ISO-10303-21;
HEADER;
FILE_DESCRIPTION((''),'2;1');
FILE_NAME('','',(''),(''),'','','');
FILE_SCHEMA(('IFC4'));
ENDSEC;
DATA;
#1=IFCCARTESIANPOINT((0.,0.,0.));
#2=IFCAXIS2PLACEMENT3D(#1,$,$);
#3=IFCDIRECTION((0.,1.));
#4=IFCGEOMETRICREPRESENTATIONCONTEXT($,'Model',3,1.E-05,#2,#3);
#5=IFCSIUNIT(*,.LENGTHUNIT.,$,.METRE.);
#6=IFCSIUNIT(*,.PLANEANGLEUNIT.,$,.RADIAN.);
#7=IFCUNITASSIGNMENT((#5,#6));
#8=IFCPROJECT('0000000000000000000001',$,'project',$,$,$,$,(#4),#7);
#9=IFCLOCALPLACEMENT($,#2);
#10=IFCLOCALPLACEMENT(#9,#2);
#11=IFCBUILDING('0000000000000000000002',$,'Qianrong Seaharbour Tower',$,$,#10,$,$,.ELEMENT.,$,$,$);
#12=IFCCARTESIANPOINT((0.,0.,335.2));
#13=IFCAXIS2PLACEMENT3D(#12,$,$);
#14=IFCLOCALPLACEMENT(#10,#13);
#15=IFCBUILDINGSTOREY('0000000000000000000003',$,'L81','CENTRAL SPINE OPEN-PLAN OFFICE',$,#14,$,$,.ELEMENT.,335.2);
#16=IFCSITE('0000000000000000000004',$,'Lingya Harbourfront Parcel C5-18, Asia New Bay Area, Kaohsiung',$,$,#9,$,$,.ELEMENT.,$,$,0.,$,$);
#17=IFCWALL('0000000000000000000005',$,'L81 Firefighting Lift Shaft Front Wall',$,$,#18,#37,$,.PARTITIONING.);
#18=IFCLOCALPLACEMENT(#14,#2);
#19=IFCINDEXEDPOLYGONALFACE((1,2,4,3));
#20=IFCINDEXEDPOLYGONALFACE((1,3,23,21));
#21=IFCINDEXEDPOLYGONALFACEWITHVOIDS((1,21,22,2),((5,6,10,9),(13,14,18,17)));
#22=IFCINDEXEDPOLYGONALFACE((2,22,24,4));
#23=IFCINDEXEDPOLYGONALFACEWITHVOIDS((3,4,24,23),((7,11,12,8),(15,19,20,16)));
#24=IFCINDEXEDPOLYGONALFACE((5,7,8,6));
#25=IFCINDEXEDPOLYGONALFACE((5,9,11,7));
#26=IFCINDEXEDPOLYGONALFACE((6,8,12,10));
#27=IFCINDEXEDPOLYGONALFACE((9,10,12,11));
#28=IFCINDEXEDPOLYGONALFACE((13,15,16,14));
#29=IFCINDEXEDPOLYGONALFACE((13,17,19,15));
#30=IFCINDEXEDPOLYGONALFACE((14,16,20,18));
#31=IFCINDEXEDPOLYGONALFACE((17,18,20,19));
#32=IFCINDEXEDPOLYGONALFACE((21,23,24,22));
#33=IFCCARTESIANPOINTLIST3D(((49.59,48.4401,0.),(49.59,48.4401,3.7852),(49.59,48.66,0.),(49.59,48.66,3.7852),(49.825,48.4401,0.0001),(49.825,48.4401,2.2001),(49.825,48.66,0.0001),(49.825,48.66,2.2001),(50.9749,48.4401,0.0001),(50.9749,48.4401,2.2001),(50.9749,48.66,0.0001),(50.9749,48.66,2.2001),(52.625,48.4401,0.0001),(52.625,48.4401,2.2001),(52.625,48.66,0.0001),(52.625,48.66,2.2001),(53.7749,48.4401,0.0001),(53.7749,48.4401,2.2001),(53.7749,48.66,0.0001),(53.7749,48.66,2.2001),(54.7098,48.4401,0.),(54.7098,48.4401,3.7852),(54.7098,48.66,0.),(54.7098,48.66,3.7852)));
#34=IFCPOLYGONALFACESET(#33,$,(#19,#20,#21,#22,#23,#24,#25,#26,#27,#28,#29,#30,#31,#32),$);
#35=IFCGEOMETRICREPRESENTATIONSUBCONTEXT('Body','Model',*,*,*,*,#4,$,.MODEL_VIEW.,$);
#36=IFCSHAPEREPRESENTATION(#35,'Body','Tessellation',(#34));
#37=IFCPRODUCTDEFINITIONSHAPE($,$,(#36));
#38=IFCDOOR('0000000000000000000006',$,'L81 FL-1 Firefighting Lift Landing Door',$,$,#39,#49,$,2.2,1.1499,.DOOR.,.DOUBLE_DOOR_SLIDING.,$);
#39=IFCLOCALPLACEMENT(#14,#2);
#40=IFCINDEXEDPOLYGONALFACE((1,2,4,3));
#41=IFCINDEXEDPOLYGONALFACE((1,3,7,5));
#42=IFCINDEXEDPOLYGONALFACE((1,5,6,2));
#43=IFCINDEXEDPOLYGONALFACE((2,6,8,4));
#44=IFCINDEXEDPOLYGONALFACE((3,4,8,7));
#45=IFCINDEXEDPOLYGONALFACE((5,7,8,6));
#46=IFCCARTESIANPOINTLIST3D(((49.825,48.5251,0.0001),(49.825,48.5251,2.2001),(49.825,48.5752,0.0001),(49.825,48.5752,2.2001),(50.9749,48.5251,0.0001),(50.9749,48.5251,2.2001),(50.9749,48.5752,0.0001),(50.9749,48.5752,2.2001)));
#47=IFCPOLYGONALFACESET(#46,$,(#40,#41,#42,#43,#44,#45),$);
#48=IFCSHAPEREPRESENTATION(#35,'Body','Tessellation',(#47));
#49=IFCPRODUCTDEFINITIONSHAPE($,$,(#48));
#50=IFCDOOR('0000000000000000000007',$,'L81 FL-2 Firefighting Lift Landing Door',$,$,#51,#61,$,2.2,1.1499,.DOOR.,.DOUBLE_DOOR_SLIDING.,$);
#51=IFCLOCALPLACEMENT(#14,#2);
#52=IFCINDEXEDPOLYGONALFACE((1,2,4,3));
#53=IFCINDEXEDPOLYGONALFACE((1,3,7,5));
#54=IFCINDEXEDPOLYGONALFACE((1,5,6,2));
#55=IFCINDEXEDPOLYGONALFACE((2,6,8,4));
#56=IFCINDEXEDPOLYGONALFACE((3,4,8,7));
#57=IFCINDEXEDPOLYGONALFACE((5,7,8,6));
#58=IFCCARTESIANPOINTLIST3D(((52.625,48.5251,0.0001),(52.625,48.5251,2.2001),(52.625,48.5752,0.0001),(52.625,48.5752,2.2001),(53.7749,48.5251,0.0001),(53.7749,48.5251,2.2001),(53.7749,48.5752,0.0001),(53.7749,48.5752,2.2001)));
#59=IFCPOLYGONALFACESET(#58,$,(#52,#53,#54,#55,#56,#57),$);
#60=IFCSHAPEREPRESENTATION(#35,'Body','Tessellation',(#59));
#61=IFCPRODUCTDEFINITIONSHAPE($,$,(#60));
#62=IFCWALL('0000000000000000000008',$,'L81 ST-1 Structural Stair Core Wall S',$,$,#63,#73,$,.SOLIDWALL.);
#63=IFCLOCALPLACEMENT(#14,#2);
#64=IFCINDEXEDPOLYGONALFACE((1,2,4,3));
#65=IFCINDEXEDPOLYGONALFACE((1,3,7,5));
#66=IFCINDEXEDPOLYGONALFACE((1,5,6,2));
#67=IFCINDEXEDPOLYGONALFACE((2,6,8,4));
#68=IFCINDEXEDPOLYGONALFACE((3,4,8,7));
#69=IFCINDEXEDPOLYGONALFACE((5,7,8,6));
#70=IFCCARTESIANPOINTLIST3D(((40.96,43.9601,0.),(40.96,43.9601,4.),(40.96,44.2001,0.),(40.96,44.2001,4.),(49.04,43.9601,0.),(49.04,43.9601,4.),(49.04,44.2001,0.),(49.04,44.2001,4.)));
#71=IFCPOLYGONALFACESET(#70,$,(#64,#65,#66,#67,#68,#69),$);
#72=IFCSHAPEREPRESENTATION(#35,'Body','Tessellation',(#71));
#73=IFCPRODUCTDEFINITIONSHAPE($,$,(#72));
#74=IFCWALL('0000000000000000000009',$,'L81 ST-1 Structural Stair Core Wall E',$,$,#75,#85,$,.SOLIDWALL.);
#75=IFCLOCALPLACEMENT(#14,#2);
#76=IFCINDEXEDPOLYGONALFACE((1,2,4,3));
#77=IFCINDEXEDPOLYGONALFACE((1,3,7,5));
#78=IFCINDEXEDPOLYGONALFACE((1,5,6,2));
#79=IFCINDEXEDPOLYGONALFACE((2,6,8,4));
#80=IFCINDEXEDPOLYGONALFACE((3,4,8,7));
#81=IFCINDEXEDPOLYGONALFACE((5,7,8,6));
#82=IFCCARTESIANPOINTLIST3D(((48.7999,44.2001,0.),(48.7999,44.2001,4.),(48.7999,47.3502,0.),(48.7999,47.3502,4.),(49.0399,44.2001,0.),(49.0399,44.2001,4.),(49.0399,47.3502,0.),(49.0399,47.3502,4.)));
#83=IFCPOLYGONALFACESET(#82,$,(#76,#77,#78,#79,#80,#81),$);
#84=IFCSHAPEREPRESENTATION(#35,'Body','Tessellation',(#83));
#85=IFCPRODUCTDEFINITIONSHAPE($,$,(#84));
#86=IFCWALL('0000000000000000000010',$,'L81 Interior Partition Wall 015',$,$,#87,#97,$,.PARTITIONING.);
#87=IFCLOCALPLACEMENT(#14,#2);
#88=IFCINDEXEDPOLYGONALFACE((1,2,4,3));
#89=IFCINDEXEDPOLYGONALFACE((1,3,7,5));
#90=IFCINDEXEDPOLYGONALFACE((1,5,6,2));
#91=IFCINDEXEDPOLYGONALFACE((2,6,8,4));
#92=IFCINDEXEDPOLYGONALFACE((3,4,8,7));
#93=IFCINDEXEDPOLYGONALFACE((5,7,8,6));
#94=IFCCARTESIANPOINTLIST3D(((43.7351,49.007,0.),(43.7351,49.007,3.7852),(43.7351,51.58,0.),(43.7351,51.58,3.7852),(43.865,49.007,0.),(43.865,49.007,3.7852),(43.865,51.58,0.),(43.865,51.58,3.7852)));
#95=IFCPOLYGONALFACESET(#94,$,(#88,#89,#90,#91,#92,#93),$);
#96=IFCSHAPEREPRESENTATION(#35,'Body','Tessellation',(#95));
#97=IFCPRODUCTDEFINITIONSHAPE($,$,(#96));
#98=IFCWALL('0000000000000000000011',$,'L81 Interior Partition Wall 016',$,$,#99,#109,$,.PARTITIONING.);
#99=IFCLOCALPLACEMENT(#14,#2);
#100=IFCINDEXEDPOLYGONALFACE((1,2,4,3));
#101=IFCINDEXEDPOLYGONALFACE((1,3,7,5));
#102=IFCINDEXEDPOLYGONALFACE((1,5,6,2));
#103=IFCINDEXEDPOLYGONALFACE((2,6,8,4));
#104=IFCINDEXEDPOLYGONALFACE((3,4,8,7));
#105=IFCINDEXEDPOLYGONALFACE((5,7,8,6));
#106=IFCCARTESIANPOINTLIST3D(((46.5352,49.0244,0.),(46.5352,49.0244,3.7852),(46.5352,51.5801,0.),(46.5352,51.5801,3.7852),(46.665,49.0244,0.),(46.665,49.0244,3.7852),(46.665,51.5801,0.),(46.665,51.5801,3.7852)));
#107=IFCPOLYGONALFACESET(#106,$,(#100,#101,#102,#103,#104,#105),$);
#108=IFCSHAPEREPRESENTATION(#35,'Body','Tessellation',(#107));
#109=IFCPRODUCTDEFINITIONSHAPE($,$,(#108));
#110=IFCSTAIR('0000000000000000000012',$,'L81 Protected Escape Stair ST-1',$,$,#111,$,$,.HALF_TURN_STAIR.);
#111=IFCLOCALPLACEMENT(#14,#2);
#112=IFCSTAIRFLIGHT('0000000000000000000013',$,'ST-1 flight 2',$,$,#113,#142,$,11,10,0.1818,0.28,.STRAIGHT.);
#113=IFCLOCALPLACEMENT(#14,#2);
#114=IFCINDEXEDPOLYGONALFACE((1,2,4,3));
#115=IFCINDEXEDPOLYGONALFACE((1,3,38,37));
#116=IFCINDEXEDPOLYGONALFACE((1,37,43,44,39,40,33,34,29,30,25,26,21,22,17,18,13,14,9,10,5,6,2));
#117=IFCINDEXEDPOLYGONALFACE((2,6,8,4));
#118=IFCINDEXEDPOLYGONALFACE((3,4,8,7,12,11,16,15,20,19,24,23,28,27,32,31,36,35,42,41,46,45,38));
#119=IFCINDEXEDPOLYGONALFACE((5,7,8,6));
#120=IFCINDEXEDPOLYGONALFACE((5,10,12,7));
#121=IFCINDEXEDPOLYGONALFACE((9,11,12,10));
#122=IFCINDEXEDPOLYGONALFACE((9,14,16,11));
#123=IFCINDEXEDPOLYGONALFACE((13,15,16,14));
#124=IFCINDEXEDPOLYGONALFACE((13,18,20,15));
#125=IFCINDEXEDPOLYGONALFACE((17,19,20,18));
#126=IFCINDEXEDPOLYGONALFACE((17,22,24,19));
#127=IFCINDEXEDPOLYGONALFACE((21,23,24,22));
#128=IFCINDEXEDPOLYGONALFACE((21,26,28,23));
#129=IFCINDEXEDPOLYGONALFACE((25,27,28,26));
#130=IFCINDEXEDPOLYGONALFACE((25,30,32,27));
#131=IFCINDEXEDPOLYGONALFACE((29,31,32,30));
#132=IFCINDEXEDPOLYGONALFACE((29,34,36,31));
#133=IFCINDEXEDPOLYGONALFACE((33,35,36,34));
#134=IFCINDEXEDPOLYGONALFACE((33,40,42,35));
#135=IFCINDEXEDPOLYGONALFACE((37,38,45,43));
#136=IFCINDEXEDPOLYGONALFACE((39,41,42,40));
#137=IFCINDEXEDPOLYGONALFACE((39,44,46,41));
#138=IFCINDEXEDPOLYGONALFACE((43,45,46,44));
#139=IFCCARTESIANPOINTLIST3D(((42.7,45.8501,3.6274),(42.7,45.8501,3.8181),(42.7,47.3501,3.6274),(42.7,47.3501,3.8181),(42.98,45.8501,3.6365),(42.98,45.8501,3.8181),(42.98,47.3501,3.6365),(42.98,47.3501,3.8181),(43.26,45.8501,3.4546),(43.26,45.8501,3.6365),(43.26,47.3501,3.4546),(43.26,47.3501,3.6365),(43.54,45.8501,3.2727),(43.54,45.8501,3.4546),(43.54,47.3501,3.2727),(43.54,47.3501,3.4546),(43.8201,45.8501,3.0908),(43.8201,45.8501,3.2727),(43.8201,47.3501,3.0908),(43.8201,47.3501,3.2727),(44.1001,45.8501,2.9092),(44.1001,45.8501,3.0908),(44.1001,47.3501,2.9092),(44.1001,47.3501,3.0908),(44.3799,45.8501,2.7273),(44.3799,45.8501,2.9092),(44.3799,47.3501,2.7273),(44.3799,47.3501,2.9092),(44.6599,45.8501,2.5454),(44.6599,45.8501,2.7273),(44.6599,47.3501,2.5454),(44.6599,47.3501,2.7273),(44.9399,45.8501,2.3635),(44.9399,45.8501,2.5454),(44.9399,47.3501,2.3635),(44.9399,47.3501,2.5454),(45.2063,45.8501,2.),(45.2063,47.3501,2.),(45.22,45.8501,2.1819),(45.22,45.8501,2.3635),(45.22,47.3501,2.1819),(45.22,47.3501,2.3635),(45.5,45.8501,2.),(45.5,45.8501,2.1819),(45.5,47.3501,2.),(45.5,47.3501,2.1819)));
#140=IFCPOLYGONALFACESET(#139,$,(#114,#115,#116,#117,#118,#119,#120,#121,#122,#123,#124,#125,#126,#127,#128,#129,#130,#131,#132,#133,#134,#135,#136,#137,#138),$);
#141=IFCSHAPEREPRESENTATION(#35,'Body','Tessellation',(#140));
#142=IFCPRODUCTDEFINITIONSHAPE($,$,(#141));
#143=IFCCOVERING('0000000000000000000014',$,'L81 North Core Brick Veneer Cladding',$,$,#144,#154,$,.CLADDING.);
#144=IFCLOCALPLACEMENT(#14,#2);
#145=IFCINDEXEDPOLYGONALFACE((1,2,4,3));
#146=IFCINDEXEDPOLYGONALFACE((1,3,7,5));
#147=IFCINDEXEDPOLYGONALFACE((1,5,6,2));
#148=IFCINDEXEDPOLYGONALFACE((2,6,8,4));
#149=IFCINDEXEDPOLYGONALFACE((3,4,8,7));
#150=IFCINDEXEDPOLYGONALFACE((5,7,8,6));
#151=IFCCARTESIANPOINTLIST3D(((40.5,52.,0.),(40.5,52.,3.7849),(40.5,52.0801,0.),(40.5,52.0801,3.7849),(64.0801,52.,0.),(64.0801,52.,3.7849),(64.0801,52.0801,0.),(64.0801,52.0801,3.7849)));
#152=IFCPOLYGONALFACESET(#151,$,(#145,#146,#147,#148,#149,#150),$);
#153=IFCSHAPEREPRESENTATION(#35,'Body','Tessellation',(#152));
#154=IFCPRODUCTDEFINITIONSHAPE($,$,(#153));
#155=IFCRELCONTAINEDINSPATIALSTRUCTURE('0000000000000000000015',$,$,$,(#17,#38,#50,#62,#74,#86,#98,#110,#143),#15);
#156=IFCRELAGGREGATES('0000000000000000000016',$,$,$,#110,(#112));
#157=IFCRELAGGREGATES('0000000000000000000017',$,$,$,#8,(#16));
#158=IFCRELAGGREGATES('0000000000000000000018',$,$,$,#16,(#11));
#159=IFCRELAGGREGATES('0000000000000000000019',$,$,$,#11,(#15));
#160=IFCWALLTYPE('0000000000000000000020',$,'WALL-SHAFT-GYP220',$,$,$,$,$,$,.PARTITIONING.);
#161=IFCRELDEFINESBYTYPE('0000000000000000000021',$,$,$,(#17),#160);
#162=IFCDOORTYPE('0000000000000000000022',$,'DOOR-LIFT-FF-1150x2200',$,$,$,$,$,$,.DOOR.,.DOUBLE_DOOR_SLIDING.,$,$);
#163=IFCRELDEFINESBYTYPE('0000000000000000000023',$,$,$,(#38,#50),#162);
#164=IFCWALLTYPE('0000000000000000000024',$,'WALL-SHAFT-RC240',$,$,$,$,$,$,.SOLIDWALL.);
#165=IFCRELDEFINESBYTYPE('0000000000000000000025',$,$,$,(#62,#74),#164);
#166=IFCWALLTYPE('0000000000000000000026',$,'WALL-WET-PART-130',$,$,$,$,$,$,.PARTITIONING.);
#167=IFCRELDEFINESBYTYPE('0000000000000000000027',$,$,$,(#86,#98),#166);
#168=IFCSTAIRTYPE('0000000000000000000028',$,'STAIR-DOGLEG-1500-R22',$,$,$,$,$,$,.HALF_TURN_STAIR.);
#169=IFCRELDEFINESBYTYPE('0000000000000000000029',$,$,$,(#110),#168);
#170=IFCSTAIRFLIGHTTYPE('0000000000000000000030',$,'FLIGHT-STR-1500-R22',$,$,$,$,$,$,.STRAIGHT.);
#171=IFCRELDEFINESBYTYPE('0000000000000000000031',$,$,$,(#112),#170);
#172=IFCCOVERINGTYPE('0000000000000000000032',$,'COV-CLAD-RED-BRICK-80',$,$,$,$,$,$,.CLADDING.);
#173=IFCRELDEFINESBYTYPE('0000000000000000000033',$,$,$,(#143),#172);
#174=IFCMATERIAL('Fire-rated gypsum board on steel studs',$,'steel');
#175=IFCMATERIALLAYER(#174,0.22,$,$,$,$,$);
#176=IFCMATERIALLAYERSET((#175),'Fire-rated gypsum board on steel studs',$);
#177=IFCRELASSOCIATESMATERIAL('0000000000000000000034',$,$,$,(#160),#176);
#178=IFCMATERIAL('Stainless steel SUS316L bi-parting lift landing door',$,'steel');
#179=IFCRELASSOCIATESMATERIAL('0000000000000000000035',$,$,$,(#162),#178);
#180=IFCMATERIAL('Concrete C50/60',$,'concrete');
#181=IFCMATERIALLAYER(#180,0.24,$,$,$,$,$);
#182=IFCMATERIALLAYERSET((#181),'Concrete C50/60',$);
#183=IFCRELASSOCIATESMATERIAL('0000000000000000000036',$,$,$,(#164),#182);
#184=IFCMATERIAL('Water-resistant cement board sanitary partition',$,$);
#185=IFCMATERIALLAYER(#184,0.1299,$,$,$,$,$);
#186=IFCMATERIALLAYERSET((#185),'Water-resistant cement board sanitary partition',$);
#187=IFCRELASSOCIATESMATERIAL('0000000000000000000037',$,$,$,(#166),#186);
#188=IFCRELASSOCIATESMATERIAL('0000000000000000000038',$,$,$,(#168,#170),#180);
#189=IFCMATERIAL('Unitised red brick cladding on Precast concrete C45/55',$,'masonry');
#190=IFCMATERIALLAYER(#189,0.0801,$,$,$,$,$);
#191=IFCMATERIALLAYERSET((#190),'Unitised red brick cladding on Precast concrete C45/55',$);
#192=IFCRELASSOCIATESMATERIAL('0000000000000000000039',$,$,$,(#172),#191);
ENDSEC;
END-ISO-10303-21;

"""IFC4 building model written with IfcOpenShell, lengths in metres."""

from ifc_helpers import new_model, si_unit, direction, frame, frame_2d, origin, origin_2d, place, context, subcontext, project, spatial, polyline, rectangle, outline, extrude, material, layer, layer_set, type_object, element, fill, aggregate, save


model = new_model("IFC4")

# Units and contexts
model_context = context("Model", 3, precision=1e-05, world=origin(), true_north=direction((0.0, 1.0)))
body_context = subcontext(model_context, "Body", "Model", "MODEL_VIEW")
ifc_project = project(units=[si_unit("LENGTHUNIT", "METRE"), si_unit("PLANEANGLEUNIT", "RADIAN")], contexts=[model_context])

# Site, building, storey
site_placement = place(None, origin())
site = spatial("IfcSite", under=ifc_project, at=site_placement, Name="Lingya Harbourfront Parcel C5-18, Asia New Bay Area, Kaohsiung", CompositionType="ELEMENT", RefElevation=0.0)
building_placement = place(site_placement, origin())
building = spatial("IfcBuilding", under=site, at=building_placement, Name="Qianrong Seaharbour Tower", CompositionType="ELEMENT")
storey_placement = place(building_placement, frame((0.0, 0.0, 335.2)))
storey = spatial("IfcBuildingStorey", under=building, at=storey_placement, Name="L81", Description="CENTRAL SPINE OPEN-PLAN OFFICE", CompositionType="ELEMENT", Elevation=335.2)

# Shared definitions
ifc_material_1 = material(Name="Concrete C50/60", Category="concrete")

# Shared definitions
ifc_material_2 = material(Name="Fire-rated gypsum board on steel studs", Category="steel")

# Wall, openings, doors
ifc_layer_1 = layer(ifc_material_2, 0.22)
ifc_layer_set_1 = layer_set([ifc_layer_1], Name="Fire-rated gypsum board on steel studs")
wall_type_1 = type_object("IfcWallType", Name="WALL-SHAFT-GYP220", PredefinedType="PARTITIONING", material=ifc_layer_set_1)
wall_1_placement = place(storey_placement, frame((54.71, 48.55, 0.0), z_axis=(0.0, 0.0, 1.0), x_axis=(-1.0, 0.0, 0.0)))
wall_1 = element("IfcWall", 1, at=wall_1_placement, inside=storey, type_object=wall_type_1, Name="L81 Firefighting Lift Shaft Front Wall", PredefinedType="PARTITIONING", context=body_context, shape_type="SweptSolid", body=[
    extrude(rectangle(XDim=5.1199, YDim=0.22, at=frame_2d((2.5601, 0.0))), origin(), (0.0, 0.0, 1.0), 3.7852),
])
opening_1_placement = place(wall_1_placement, frame((3.7351, 0.0, 0.0)))
opening_1 = element("IfcOpeningElement", 2, at=opening_1_placement, cuts=wall_1, PredefinedType="OPENING", context=body_context, shape_type="SweptSolid", body=[
    extrude(rectangle(XDim=1.1499, YDim=2.2, at=frame_2d((0.575, 1.1001))), frame((0.0, 0.1201, 0.0), z_axis=(0.0, -1.0, 0.0), x_axis=(1.0, 0.0, 0.0)), (0.0, 0.0, 1.0), 0.24),
])
opening_2_placement = place(wall_1_placement, frame((0.9351, 0.0, 0.0)))
opening_2 = element("IfcOpeningElement", 3, at=opening_2_placement, cuts=wall_1, PredefinedType="OPENING", context=body_context, shape_type="SweptSolid", body=[
    extrude(rectangle(XDim=1.1499, YDim=2.2, at=frame_2d((0.575, 1.1001))), frame((0.0, 0.1201, 0.0), z_axis=(0.0, -1.0, 0.0), x_axis=(1.0, 0.0, 0.0)), (0.0, 0.0, 1.0), 0.24),
])
ifc_material_3 = material(Name="Stainless steel SUS316L bi-parting lift landing door", Category="steel")
door_type_1 = type_object("IfcDoorType", Name="DOOR-LIFT-FF-1150x2200", OperationType="DOUBLE_DOOR_SLIDING", PredefinedType="DOOR", material=ifc_material_3)
door_1_placement = place(opening_1_placement, origin())
door_1 = element("IfcDoor", 4, at=door_1_placement, inside=storey, type_object=door_type_1, Name="L81 FL-1 Firefighting Lift Landing Door", OperationType="DOUBLE_DOOR_SLIDING", OverallHeight=2.2, OverallWidth=1.1499, PredefinedType="DOOR", context=body_context, shape_type="SweptSolid", body=[
    extrude(rectangle(XDim=1.1499, YDim=2.2, at=frame_2d((0.575, 1.1001))), frame((0.0, 0.0249, 0.0), z_axis=(0.0, -1.0, 0.0), x_axis=(1.0, 0.0, 0.0)), (0.0, 0.0, 1.0), 0.05),
])
fill(opening_1, door_1)
door_2_placement = place(opening_2_placement, origin())
door_2 = element("IfcDoor", 5, at=door_2_placement, inside=storey, type_object=door_type_1, Name="L81 FL-2 Firefighting Lift Landing Door", OperationType="DOUBLE_DOOR_SLIDING", OverallHeight=2.2, OverallWidth=1.1499, PredefinedType="DOOR", context=body_context, shape_type="SweptSolid", body=[
    extrude(rectangle(XDim=1.1499, YDim=2.2, at=frame_2d((0.575, 1.1001))), frame((0.0, 0.0249, 0.0), z_axis=(0.0, -1.0, 0.0), x_axis=(1.0, 0.0, 0.0)), (0.0, 0.0, 1.0), 0.05),
])
fill(opening_2, door_2)

# Walls
ifc_layer_2 = layer(ifc_material_1, 0.24)
ifc_layer_set_2 = layer_set([ifc_layer_2], Name="Concrete C50/60")
wall_type_2 = type_object("IfcWallType", Name="WALL-SHAFT-RC240", PredefinedType="SOLIDWALL", material=ifc_layer_set_2)
wall_2_placement = place(storey_placement, frame((49.04, 44.0801, 0.0), z_axis=(0.0, 0.0, 1.0), x_axis=(-1.0, 0.0, 0.0)))
element("IfcWall", 6, at=wall_2_placement, inside=storey, type_object=wall_type_2, Name="L81 ST-1 Structural Stair Core Wall S", PredefinedType="SOLIDWALL", context=body_context, shape_type="SweptSolid", body=[
    extrude(rectangle(XDim=8.0801, YDim=0.24, at=frame_2d((4.04, 0.0))), origin(), (0.0, 0.0, 1.0), 4.0),
])
wall_3_placement = place(storey_placement, frame((48.9199, 44.2, 0.0), z_axis=(0.0, 0.0, 1.0), x_axis=(0.0, 1.0, 0.0)))
element("IfcWall", 7, at=wall_3_placement, inside=storey, type_object=wall_type_2, Name="L81 ST-1 Structural Stair Core Wall E", PredefinedType="SOLIDWALL", context=body_context, shape_type="SweptSolid", body=[
    extrude(rectangle(XDim=3.1501, YDim=0.24, at=frame_2d((1.5752, 0.0))), origin(), (0.0, 0.0, 1.0), 4.0),
])

# Shared definitions
ifc_material_4 = material(Name="Water-resistant cement board sanitary partition")
ifc_layer_3 = layer(ifc_material_4, 0.1299)
ifc_layer_set_3 = layer_set([ifc_layer_3], Name="Water-resistant cement board sanitary partition")
wall_type_3 = type_object("IfcWallType", Name="WALL-WET-PART-130", PredefinedType="PARTITIONING", material=ifc_layer_set_3)

# Walls
wall_4_placement = place(storey_placement, frame((43.8, 51.5801, 0.0), z_axis=(0.0, 0.0, 1.0), x_axis=(0.0, -1.0, 0.0)))
element("IfcWall", 8, at=wall_4_placement, inside=storey, type_object=wall_type_3, Name="L81 Interior Partition Wall 015", PredefinedType="PARTITIONING", context=body_context, shape_type="SweptSolid", body=[
    extrude(rectangle(XDim=2.573, YDim=0.1299, at=frame_2d((1.2866, 0.0))), origin(), (0.0, 0.0, 1.0), 3.7852),
])
wall_5_placement = place(storey_placement, frame((46.6001, 51.5801, 0.0), z_axis=(0.0, 0.0, 1.0), x_axis=(0.0, -1.0, 0.0)))
element("IfcWall", 9, at=wall_5_placement, inside=storey, type_object=wall_type_3, Name="L81 Interior Partition Wall 016", PredefinedType="PARTITIONING", context=body_context, shape_type="SweptSolid", body=[
    extrude(rectangle(XDim=2.5557, YDim=0.1299, at=frame_2d((1.2778, 0.0))), origin(), (0.0, 0.0, 1.0), 3.7852),
])

# Stair, stair flight
stair_type = type_object("IfcStairType", Name="STAIR-DOGLEG-1500-R22", PredefinedType="HALF_TURN_STAIR", material=ifc_material_1)
stair_placement = place(storey_placement, origin())
stair = element("IfcStair", 10, at=stair_placement, inside=storey, type_object=stair_type, Name="L81 Protected Escape Stair ST-1", PredefinedType="HALF_TURN_STAIR")
stair_flight_type = type_object("IfcStairFlightType", Name="FLIGHT-STR-1500-R22", PredefinedType="STRAIGHT", material=ifc_material_1)
stair_flight_placement = place(storey_placement, frame((45.5, 46.6001, 2.0), z_axis=(0.0, 0.0, 1.0), x_axis=(-1.0, 0.0, 0.0)))
stair_flight = element("IfcStairFlight", 11, at=stair_flight_placement, type_object=stair_flight_type, Name="ST-1 flight 2", NumberOfRisers=11, NumberOfTreads=10, PredefinedType="STRAIGHT", RiserHeight=0.1818, TreadLength=0.28, context=body_context, shape_type="SweptSolid", body=[
    extrude(outline(polyline([(0.0, 0.0), (0.0, 0.1819), (0.28, 0.1819), (0.28, 0.3635), (0.5601, 0.3635), (0.5601, 0.5454), (0.8401, 0.5454), (0.8401, 0.7273), (1.1201, 0.7273), (1.1201, 0.9092), (1.3999, 0.9092), (1.3999, 1.0908), (1.6799, 1.0908), (1.6799, 1.2727), (1.96, 1.2727), (1.96, 1.4546), (2.24, 1.4546), (2.24, 1.6365), (2.52, 1.6365), (2.52, 1.8181), (2.8, 1.8181), (2.8, 2.0), (2.8, 1.6274), (0.2937, 0.0), (0.0, 0.0)])), frame((0.0, 0.75, 0.0), z_axis=(0.0, -1.0, 0.0), x_axis=(1.0, 0.0, 0.0)), (0.0, 0.0, 1.0), 1.5),
])
aggregate(stair, [stair_flight])

# Covering
ifc_material_5 = material(Name="Unitised red brick cladding on Precast concrete C45/55", Category="masonry")
ifc_layer_4 = layer(ifc_material_5, 0.0801)
ifc_layer_set_4 = layer_set([ifc_layer_4], Name="Unitised red brick cladding on Precast concrete C45/55")
covering_type = type_object("IfcCoveringType", Name="COV-CLAD-RED-BRICK-80", PredefinedType="CLADDING", material=ifc_layer_set_4)
covering_placement = place(storey_placement, frame((52.29, 52.04, 0.0), z_axis=(0.0, 0.0, 1.0), x_axis=(1.0, 0.0, 0.0)))
element("IfcCovering", 12, at=covering_placement, inside=storey, type_object=covering_type, Name="L81 North Core Brick Veneer Cladding", PredefinedType="CLADDING", context=body_context, shape_type="SweptSolid", body=[
    extrude(rectangle(XDim=23.5801, YDim=0.0801, at=origin_2d()), origin(), (0.0, 0.0, 1.0), 3.7849),
])

save(model, "model.ifc")
